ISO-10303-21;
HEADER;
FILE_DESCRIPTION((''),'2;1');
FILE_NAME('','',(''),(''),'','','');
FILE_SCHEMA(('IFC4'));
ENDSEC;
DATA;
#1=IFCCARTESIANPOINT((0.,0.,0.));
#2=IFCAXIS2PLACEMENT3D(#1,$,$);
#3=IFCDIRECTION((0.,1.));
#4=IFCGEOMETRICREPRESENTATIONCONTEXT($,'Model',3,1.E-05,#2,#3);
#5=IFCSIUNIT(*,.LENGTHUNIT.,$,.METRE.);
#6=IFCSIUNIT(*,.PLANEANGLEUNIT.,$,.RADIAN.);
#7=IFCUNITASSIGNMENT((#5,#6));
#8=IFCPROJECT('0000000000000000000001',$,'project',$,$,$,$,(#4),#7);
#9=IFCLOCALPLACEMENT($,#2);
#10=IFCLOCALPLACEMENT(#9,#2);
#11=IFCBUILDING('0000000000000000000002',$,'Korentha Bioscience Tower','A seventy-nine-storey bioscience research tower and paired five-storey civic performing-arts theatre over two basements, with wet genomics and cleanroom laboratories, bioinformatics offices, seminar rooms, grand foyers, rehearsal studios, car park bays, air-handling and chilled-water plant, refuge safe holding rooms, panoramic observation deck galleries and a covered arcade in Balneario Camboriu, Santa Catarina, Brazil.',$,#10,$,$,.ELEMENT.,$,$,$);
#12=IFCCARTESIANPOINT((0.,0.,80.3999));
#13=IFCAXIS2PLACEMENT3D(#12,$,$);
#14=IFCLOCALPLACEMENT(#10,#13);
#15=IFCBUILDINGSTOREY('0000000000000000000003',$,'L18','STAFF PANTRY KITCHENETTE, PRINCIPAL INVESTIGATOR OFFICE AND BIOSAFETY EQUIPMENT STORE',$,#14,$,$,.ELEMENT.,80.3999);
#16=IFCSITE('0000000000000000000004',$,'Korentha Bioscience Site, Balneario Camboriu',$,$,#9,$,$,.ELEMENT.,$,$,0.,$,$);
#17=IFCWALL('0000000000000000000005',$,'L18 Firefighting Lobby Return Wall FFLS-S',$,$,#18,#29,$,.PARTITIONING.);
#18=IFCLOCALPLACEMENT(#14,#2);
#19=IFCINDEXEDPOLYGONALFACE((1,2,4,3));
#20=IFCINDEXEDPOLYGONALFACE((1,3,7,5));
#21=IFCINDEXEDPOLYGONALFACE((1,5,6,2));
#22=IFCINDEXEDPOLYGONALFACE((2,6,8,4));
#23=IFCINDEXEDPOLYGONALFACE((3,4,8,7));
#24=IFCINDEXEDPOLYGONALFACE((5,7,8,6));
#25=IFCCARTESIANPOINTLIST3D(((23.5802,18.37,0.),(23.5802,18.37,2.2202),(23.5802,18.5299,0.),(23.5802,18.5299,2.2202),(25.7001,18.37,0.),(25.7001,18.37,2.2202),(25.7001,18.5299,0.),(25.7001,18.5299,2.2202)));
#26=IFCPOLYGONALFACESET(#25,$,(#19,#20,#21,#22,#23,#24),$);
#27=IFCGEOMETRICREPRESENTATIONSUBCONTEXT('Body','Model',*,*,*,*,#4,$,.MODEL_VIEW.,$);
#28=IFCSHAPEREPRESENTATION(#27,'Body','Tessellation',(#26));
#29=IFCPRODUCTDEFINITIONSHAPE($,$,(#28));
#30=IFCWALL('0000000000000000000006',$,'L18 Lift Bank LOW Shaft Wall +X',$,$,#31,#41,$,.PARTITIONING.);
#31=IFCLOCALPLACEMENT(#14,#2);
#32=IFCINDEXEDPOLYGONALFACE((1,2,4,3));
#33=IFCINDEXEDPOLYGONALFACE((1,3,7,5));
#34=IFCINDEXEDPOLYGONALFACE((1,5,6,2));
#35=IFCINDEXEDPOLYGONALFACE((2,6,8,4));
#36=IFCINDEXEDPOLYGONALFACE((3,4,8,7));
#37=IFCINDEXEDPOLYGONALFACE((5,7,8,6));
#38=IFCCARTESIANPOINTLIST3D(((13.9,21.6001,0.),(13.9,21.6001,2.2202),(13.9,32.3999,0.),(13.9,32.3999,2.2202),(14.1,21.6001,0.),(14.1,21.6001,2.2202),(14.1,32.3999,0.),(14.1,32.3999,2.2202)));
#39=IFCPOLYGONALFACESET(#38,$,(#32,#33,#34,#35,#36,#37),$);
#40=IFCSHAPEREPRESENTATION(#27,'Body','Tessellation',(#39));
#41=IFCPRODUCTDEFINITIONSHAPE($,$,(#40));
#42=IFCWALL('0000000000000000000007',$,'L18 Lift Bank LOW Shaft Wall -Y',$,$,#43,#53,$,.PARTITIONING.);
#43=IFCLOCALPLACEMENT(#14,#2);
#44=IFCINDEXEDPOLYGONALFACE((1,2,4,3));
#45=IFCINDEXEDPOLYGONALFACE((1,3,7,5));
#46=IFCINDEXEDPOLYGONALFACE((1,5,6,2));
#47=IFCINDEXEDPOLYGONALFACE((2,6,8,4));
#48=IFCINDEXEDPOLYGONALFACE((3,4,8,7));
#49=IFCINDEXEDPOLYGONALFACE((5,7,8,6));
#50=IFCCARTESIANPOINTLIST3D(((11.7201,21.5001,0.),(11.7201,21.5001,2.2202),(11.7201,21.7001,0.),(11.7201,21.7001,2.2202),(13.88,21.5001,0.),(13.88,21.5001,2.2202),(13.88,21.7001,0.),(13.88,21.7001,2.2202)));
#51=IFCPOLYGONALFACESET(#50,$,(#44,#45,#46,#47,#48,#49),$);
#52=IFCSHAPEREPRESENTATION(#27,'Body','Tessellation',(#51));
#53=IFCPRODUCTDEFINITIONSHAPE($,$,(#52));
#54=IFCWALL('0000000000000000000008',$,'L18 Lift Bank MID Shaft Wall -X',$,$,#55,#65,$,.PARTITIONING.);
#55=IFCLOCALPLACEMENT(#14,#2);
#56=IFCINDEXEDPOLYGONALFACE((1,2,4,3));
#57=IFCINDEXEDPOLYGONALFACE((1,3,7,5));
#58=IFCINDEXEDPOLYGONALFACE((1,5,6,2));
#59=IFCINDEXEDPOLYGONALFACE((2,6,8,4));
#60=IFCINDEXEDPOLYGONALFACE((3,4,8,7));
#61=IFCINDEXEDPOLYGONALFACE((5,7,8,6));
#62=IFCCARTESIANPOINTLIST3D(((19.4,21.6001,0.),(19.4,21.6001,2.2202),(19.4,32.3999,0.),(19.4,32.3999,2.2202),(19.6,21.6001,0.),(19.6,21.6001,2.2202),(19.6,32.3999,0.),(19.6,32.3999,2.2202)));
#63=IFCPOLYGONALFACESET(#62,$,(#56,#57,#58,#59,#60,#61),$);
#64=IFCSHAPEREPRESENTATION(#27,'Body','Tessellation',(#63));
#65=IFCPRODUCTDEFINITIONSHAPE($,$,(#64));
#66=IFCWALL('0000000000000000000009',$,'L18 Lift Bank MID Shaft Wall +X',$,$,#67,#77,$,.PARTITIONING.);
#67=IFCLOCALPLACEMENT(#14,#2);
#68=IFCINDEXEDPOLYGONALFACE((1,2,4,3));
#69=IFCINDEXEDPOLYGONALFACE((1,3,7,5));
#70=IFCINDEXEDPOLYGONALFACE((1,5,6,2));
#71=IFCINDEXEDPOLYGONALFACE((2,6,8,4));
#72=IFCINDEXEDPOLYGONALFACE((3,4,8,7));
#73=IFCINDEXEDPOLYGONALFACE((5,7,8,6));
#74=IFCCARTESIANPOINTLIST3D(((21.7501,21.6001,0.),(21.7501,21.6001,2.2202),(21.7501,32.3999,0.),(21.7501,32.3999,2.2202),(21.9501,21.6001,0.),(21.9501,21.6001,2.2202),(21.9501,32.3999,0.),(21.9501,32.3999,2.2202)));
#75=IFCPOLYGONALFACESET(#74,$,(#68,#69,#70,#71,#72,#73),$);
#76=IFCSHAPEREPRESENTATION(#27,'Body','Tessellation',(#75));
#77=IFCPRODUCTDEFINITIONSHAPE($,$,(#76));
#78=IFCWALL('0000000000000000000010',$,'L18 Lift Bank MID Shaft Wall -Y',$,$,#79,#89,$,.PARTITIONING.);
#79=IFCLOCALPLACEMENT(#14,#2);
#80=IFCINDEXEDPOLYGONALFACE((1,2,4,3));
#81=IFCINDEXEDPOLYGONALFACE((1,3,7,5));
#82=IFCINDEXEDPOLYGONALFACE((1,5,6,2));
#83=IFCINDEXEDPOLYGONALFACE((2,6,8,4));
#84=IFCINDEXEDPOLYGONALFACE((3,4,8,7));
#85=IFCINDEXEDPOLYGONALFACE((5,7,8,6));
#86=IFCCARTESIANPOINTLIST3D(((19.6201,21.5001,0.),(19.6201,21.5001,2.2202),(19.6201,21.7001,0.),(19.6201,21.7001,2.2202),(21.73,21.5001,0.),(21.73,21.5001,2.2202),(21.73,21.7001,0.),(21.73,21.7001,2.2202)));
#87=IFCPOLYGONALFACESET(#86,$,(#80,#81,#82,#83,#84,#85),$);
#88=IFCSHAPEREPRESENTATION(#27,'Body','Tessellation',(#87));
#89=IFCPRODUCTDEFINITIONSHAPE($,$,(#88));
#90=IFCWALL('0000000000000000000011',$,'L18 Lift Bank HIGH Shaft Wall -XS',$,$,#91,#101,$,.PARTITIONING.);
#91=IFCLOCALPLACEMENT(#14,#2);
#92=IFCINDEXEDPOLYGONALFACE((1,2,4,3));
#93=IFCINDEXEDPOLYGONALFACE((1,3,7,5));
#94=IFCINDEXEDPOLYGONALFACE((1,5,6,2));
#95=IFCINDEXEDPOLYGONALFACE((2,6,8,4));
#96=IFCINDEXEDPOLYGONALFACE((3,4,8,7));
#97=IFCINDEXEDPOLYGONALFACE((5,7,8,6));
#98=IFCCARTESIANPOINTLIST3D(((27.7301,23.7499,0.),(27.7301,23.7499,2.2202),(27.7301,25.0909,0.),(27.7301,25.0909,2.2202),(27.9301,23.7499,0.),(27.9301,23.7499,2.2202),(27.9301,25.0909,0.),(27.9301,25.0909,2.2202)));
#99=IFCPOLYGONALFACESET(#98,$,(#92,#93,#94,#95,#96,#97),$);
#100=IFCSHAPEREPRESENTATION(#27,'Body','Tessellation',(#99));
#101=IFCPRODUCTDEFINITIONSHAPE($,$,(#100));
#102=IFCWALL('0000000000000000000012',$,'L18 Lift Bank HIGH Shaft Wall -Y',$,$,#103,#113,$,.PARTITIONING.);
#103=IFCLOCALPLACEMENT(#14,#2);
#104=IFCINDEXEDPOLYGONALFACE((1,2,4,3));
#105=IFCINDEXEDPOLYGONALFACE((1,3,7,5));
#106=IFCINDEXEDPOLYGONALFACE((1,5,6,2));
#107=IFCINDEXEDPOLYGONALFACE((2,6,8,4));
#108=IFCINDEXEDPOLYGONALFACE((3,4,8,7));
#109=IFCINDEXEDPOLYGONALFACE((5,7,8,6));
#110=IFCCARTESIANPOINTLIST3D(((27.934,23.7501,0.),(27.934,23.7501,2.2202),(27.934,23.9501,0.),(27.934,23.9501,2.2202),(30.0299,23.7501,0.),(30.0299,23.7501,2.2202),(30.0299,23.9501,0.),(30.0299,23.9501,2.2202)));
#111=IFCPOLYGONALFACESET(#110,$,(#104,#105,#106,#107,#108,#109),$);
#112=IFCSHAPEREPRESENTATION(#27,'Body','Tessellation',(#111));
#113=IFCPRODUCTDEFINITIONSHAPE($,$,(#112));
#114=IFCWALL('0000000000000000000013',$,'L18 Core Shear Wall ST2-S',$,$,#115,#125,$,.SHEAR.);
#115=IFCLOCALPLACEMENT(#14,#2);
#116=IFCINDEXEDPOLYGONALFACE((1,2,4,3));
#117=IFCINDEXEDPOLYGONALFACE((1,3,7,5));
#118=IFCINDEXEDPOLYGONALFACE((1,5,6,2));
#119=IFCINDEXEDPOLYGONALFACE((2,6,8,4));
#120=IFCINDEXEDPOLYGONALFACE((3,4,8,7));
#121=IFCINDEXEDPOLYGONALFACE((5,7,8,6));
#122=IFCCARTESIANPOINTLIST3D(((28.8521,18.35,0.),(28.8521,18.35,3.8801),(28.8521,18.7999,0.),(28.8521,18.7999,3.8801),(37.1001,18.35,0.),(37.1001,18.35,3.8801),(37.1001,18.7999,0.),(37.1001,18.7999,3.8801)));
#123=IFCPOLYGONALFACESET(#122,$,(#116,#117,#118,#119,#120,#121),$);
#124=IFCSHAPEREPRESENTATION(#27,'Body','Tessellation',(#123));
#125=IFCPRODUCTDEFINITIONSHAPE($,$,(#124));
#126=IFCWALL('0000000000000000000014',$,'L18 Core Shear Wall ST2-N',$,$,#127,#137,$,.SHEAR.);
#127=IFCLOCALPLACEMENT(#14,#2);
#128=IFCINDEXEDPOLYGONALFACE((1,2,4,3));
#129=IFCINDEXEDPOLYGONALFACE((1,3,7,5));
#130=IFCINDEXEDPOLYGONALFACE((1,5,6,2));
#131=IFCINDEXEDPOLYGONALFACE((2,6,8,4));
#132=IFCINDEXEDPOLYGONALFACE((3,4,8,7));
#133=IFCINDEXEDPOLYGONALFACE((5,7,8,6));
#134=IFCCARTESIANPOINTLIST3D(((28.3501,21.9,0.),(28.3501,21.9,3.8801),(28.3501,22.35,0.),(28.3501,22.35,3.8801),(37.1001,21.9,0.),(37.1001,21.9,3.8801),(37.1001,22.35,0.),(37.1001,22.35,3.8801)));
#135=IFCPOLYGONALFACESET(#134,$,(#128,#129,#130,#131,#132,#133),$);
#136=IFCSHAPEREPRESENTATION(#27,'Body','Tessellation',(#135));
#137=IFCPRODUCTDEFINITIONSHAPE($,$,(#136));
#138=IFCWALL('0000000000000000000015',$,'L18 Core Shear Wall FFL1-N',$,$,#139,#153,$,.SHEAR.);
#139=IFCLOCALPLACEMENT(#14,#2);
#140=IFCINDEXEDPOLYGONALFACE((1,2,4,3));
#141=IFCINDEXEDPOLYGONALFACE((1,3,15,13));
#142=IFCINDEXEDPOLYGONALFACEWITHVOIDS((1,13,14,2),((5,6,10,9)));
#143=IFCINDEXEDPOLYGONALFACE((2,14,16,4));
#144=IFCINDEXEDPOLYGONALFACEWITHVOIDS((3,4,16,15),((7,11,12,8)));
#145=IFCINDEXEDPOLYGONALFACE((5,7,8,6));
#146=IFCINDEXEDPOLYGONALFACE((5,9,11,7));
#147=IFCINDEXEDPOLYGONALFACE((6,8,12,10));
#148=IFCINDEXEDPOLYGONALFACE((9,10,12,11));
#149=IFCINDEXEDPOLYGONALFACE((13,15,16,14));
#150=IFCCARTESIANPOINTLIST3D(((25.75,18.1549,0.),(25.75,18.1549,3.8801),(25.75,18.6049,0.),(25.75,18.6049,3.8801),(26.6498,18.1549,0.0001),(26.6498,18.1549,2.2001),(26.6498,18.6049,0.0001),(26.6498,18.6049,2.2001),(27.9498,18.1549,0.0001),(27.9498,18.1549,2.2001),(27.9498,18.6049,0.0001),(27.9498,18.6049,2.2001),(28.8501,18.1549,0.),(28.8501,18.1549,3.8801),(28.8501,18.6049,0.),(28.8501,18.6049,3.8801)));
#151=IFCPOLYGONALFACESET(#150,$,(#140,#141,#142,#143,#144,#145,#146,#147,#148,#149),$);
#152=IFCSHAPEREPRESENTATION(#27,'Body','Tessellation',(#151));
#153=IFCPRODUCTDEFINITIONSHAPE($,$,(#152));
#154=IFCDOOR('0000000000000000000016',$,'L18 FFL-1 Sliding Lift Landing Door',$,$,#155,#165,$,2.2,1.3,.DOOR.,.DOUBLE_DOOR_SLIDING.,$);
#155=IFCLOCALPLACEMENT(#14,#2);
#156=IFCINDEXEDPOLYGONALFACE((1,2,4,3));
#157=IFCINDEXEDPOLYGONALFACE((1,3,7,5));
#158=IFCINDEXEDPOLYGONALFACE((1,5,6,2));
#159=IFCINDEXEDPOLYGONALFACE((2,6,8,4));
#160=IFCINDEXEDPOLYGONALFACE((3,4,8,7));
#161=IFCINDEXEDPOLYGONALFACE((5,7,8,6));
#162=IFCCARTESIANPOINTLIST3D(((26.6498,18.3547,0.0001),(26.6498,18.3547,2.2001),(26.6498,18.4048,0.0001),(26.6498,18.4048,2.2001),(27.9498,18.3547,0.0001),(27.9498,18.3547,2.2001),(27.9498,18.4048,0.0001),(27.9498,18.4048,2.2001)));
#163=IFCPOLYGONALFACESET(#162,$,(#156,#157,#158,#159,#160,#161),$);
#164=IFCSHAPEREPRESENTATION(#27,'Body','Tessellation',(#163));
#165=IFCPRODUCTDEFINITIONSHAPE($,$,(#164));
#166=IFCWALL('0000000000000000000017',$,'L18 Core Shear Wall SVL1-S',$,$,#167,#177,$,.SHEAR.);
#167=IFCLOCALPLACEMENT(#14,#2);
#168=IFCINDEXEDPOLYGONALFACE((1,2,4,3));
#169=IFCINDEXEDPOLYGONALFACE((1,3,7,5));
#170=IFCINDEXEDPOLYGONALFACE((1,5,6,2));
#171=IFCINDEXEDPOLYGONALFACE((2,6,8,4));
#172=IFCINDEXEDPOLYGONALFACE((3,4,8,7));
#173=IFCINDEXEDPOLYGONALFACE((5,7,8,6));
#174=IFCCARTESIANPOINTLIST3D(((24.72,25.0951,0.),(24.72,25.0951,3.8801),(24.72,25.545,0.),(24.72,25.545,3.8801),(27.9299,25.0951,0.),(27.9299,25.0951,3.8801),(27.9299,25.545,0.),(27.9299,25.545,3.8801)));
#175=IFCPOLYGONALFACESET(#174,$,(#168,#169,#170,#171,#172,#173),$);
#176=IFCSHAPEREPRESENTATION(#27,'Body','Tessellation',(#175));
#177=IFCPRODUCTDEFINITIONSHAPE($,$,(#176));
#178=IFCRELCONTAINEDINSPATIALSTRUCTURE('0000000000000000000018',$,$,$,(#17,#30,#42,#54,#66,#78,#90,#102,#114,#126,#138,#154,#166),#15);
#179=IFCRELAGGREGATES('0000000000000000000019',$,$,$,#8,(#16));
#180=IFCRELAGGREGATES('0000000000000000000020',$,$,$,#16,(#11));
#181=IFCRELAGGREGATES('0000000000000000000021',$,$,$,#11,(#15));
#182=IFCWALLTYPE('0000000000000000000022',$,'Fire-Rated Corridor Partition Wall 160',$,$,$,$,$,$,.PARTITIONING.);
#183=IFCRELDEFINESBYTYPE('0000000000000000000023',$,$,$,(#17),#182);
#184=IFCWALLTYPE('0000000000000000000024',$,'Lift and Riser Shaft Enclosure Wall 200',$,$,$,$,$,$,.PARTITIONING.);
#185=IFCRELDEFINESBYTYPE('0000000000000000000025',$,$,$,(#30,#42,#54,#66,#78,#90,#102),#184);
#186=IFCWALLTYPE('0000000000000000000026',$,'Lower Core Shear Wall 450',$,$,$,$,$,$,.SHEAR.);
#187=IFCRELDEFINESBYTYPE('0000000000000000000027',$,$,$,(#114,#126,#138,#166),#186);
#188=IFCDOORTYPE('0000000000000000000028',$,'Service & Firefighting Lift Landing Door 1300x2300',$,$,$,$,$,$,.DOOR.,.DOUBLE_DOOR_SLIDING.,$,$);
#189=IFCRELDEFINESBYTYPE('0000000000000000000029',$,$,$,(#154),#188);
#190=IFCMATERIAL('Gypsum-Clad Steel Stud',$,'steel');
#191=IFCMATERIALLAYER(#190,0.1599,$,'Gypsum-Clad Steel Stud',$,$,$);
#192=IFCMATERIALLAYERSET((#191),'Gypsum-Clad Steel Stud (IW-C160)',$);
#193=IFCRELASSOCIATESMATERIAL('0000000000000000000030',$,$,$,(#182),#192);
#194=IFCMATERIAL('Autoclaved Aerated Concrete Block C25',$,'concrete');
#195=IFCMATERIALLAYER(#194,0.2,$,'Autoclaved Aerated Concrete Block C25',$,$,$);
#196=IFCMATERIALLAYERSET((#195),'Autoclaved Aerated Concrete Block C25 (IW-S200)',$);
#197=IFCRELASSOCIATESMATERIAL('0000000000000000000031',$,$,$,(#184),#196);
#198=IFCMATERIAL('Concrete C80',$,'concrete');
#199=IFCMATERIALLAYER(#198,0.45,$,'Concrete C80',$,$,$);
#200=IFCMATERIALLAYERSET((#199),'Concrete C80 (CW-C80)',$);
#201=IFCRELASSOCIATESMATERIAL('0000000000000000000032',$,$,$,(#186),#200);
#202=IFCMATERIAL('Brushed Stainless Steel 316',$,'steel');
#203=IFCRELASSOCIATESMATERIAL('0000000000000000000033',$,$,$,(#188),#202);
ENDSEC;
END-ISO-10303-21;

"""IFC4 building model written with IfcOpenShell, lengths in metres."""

from ifc_helpers import new_model, si_unit, direction, frame, frame_2d, origin, place, context, subcontext, project, spatial, rectangle, extrude, material, layer, layer_set, type_object, element, fill, save


model = new_model("IFC4")

# Units and contexts
model_context = context("Model", 3, precision=1e-05, world=origin(), true_north=direction((0.0, 1.0)))
body_context = subcontext(model_context, "Body", "Model", "MODEL_VIEW")
ifc_project = project(units=[si_unit("LENGTHUNIT", "METRE"), si_unit("PLANEANGLEUNIT", "RADIAN")], contexts=[model_context])

# Site, building, storey
site_placement = place(None, origin())
site = spatial("IfcSite", under=ifc_project, at=site_placement, Name="Korentha Bioscience Site, Balneario Camboriu", CompositionType="ELEMENT", RefElevation=0.0)
building_placement = place(site_placement, origin())
building = spatial("IfcBuilding", under=site, at=building_placement, Name="Korentha Bioscience Tower", Description="A seventy-nine-storey bioscience research tower and paired five-storey civic performing-arts theatre over two basements, with wet genomics and cleanroom laboratories, bioinformatics offices, seminar rooms, grand foyers, rehearsal studios, car park bays, air-handling and chilled-water plant, refuge safe holding rooms, panoramic observation deck galleries and a covered arcade in Balneario Camboriu, Santa Catarina, Brazil.", CompositionType="ELEMENT")
storey_placement = place(building_placement, frame((0.0, 0.0, 80.3999)))
storey = spatial("IfcBuildingStorey", under=building, at=storey_placement, Name="L18", Description="STAFF PANTRY KITCHENETTE, PRINCIPAL INVESTIGATOR OFFICE AND BIOSAFETY EQUIPMENT STORE", CompositionType="ELEMENT", Elevation=80.3999)

# Shared definitions
ifc_material_1 = material(Name="Concrete C80", Category="concrete")

# Shared definitions
ifc_material_2 = material(Name="Gypsum-Clad Steel Stud", Category="steel")
ifc_layer_1 = layer(ifc_material_2, 0.1599, Name="Gypsum-Clad Steel Stud")
ifc_layer_set_1 = layer_set([ifc_layer_1], Name="Gypsum-Clad Steel Stud (IW-C160)")
wall_type_1 = type_object("IfcWallType", Name="Fire-Rated Corridor Partition Wall 160", PredefinedType="PARTITIONING", material=ifc_layer_set_1)

# Walls
wall_1_placement = place(storey_placement, frame((23.5801, 18.45, 0.0), z_axis=(0.0, 0.0, 1.0), x_axis=(1.0, 0.0, 0.0)))
element("IfcWall", 1, at=wall_1_placement, inside=storey, type_object=wall_type_1, Name="L18 Firefighting Lobby Return Wall FFLS-S", PredefinedType="PARTITIONING", context=body_context, shape_type="SweptSolid", body=[
    extrude(rectangle(XDim=2.1199, YDim=0.1599, at=frame_2d((1.0601, 0.0))), origin(), (0.0, 0.0, 1.0), 2.2202),
])
ifc_material_3 = material(Name="Autoclaved Aerated Concrete Block C25", Category="concrete")
ifc_layer_2 = layer(ifc_material_3, 0.2, Name="Autoclaved Aerated Concrete Block C25")
ifc_layer_set_2 = layer_set([ifc_layer_2], Name="Autoclaved Aerated Concrete Block C25 (IW-S200)")
wall_type_2 = type_object("IfcWallType", Name="Lift and Riser Shaft Enclosure Wall 200", PredefinedType="PARTITIONING", material=ifc_layer_set_2)
wall_2_placement = place(storey_placement, frame((14.0, 21.6001, 0.0), z_axis=(0.0, 0.0, 1.0), x_axis=(0.0, 1.0, 0.0)))
element("IfcWall", 2, at=wall_2_placement, inside=storey, type_object=wall_type_2, Name="L18 Lift Bank LOW Shaft Wall +X", PredefinedType="PARTITIONING", context=body_context, shape_type="SweptSolid", body=[
    extrude(rectangle(XDim=10.7998, YDim=0.2, at=frame_2d((5.3999, 0.0))), origin(), (0.0, 0.0, 1.0), 2.2202),
])
wall_3_placement = place(storey_placement, frame((11.72, 21.6001, 0.0), z_axis=(0.0, 0.0, 1.0), x_axis=(1.0, 0.0, 0.0)))
element("IfcWall", 3, at=wall_3_placement, inside=storey, type_object=wall_type_2, Name="L18 Lift Bank LOW Shaft Wall -Y", PredefinedType="PARTITIONING", context=body_context, shape_type="SweptSolid", body=[
    extrude(rectangle(XDim=2.1599, YDim=0.2, at=frame_2d((1.0801, 0.0))), origin(), (0.0, 0.0, 1.0), 2.2202),
])
for number, where, z_axis, x_axis, name in (
    (4, (19.5, 21.6001, 0.0), (0.0, 0.0, 1.0), (0.0, 1.0, 0.0), "L18 Lift Bank MID Shaft Wall -X"),
    (5, (21.8501, 21.6001, 0.0), (0.0, 0.0, 1.0), (0.0, 1.0, 0.0), "L18 Lift Bank MID Shaft Wall +X"),
):
    element("IfcWall", number, at=place(storey_placement, frame(where, z_axis=z_axis, x_axis=x_axis)), inside=storey, type_object=wall_type_2, Name=name, PredefinedType="PARTITIONING", context=body_context, shape_type="SweptSolid", body=[
        extrude(rectangle(XDim=10.7998, YDim=0.2, at=frame_2d((5.3999, 0.0))), origin(), (0.0, 0.0, 1.0), 2.2202),
    ])
wall_4_placement = place(storey_placement, frame((19.6201, 21.6001, 0.0), z_axis=(0.0, 0.0, 1.0), x_axis=(1.0, 0.0, 0.0)))
element("IfcWall", 6, at=wall_4_placement, inside=storey, type_object=wall_type_2, Name="L18 Lift Bank MID Shaft Wall -Y", PredefinedType="PARTITIONING", context=body_context, shape_type="SweptSolid", body=[
    extrude(rectangle(XDim=2.1099, YDim=0.2, at=frame_2d((1.0549, 0.0))), origin(), (0.0, 0.0, 1.0), 2.2202),
])
wall_5_placement = place(storey_placement, frame((27.8301, 23.75, 0.0), z_axis=(0.0, 0.0, 1.0), x_axis=(0.0, 1.0, 0.0)))
element("IfcWall", 7, at=wall_5_placement, inside=storey, type_object=wall_type_2, Name="L18 Lift Bank HIGH Shaft Wall -XS", PredefinedType="PARTITIONING", context=body_context, shape_type="SweptSolid", body=[
    extrude(rectangle(XDim=1.3411, YDim=0.2, at=frame_2d((0.6704, 0.0))), origin(), (0.0, 0.0, 1.0), 2.2202),
])
wall_6_placement = place(storey_placement, frame((27.9341, 23.8501, 0.0), z_axis=(0.0, 0.0, 1.0), x_axis=(1.0, 0.0, 0.0)))
element("IfcWall", 8, at=wall_6_placement, inside=storey, type_object=wall_type_2, Name="L18 Lift Bank HIGH Shaft Wall -Y", PredefinedType="PARTITIONING", context=body_context, shape_type="SweptSolid", body=[
    extrude(rectangle(XDim=2.0959, YDim=0.2, at=frame_2d((1.0479, 0.0))), origin(), (0.0, 0.0, 1.0), 2.2202),
])
ifc_layer_3 = layer(ifc_material_1, 0.45, Name="Concrete C80")
ifc_layer_set_3 = layer_set([ifc_layer_3], Name="Concrete C80 (CW-C80)")
wall_type_3 = type_object("IfcWallType", Name="Lower Core Shear Wall 450", PredefinedType="SHEAR", material=ifc_layer_set_3)
wall_7_placement = place(storey_placement, frame((28.8521, 18.575, 0.0), z_axis=(0.0, 0.0, 1.0), x_axis=(1.0, 0.0, 0.0)))
element("IfcWall", 9, at=wall_7_placement, inside=storey, type_object=wall_type_3, Name="L18 Core Shear Wall ST2-S", PredefinedType="SHEAR", context=body_context, shape_type="SweptSolid", body=[
    extrude(rectangle(XDim=8.248, YDim=0.45, at=frame_2d((4.124, 0.0))), origin(), (0.0, 0.0, 1.0), 3.8801),
])
wall_8_placement = place(storey_placement, frame((28.3501, 22.125, 0.0), z_axis=(0.0, 0.0, 1.0), x_axis=(1.0, 0.0, 0.0)))
element("IfcWall", 10, at=wall_8_placement, inside=storey, type_object=wall_type_3, Name="L18 Core Shear Wall ST2-N", PredefinedType="SHEAR", context=body_context, shape_type="SweptSolid", body=[
    extrude(rectangle(XDim=8.75, YDim=0.45, at=frame_2d((4.375, 0.0))), origin(), (0.0, 0.0, 1.0), 3.8801),
])

# Wall, opening, door
wall_9_placement = place(storey_placement, frame((25.75, 18.3799, 0.0), z_axis=(0.0, 0.0, 1.0), x_axis=(1.0, 0.0, 0.0)))
wall_9 = element("IfcWall", 11, at=wall_9_placement, inside=storey, type_object=wall_type_3, Name="L18 Core Shear Wall FFL1-N", PredefinedType="SHEAR", context=body_context, shape_type="SweptSolid", body=[
    extrude(rectangle(XDim=3.1001, YDim=0.45, at=frame_2d((1.55, 0.0))), origin(), (0.0, 0.0, 1.0), 3.8801),
])
opening_1_placement = place(wall_9_placement, frame((0.8999, 0.0, 0.0)))
opening_1 = element("IfcOpeningElement", 12, at=opening_1_placement, cuts=wall_9, PredefinedType="OPENING", context=body_context, shape_type="SweptSolid", body=[
    extrude(rectangle(XDim=1.3, YDim=2.2, at=frame_2d((0.6499, 1.1001))), frame((0.0, 0.2397, 0.0), z_axis=(0.0, -1.0, 0.0), x_axis=(1.0, 0.0, 0.0)), (0.0, 0.0, 1.0), 0.4797),
])
ifc_material_4 = material(Name="Brushed Stainless Steel 316", Category="steel")
door_type_1 = type_object("IfcDoorType", Name="Service & Firefighting Lift Landing Door 1300x2300", OperationType="DOUBLE_DOOR_SLIDING", PredefinedType="DOOR", material=ifc_material_4)
door_1_placement = place(opening_1_placement, origin())
door_1 = element("IfcDoor", 13, at=door_1_placement, inside=storey, type_object=door_type_1, Name="L18 FFL-1 Sliding Lift Landing Door", OperationType="DOUBLE_DOOR_SLIDING", OverallHeight=2.2, OverallWidth=1.3, PredefinedType="DOOR", context=body_context, shape_type="SweptSolid", body=[
    extrude(rectangle(XDim=1.3, YDim=2.2, at=frame_2d((0.6499, 1.1001))), frame((0.0, 0.0249, 0.0), z_axis=(0.0, -1.0, 0.0), x_axis=(1.0, 0.0, 0.0)), (0.0, 0.0, 1.0), 0.05),
])
fill(opening_1, door_1)

# Wall
wall_10_placement = place(storey_placement, frame((24.72, 25.3201, 0.0), z_axis=(0.0, 0.0, 1.0), x_axis=(1.0, 0.0, 0.0)))
element("IfcWall", 14, at=wall_10_placement, inside=storey, type_object=wall_type_3, Name="L18 Core Shear Wall SVL1-S", PredefinedType="SHEAR", context=body_context, shape_type="SweptSolid", body=[
    extrude(rectangle(XDim=3.21, YDim=0.45, at=frame_2d((1.605, 0.0))), origin(), (0.0, 0.0, 1.0), 3.8801),
])

save(model, "model.ifc")
